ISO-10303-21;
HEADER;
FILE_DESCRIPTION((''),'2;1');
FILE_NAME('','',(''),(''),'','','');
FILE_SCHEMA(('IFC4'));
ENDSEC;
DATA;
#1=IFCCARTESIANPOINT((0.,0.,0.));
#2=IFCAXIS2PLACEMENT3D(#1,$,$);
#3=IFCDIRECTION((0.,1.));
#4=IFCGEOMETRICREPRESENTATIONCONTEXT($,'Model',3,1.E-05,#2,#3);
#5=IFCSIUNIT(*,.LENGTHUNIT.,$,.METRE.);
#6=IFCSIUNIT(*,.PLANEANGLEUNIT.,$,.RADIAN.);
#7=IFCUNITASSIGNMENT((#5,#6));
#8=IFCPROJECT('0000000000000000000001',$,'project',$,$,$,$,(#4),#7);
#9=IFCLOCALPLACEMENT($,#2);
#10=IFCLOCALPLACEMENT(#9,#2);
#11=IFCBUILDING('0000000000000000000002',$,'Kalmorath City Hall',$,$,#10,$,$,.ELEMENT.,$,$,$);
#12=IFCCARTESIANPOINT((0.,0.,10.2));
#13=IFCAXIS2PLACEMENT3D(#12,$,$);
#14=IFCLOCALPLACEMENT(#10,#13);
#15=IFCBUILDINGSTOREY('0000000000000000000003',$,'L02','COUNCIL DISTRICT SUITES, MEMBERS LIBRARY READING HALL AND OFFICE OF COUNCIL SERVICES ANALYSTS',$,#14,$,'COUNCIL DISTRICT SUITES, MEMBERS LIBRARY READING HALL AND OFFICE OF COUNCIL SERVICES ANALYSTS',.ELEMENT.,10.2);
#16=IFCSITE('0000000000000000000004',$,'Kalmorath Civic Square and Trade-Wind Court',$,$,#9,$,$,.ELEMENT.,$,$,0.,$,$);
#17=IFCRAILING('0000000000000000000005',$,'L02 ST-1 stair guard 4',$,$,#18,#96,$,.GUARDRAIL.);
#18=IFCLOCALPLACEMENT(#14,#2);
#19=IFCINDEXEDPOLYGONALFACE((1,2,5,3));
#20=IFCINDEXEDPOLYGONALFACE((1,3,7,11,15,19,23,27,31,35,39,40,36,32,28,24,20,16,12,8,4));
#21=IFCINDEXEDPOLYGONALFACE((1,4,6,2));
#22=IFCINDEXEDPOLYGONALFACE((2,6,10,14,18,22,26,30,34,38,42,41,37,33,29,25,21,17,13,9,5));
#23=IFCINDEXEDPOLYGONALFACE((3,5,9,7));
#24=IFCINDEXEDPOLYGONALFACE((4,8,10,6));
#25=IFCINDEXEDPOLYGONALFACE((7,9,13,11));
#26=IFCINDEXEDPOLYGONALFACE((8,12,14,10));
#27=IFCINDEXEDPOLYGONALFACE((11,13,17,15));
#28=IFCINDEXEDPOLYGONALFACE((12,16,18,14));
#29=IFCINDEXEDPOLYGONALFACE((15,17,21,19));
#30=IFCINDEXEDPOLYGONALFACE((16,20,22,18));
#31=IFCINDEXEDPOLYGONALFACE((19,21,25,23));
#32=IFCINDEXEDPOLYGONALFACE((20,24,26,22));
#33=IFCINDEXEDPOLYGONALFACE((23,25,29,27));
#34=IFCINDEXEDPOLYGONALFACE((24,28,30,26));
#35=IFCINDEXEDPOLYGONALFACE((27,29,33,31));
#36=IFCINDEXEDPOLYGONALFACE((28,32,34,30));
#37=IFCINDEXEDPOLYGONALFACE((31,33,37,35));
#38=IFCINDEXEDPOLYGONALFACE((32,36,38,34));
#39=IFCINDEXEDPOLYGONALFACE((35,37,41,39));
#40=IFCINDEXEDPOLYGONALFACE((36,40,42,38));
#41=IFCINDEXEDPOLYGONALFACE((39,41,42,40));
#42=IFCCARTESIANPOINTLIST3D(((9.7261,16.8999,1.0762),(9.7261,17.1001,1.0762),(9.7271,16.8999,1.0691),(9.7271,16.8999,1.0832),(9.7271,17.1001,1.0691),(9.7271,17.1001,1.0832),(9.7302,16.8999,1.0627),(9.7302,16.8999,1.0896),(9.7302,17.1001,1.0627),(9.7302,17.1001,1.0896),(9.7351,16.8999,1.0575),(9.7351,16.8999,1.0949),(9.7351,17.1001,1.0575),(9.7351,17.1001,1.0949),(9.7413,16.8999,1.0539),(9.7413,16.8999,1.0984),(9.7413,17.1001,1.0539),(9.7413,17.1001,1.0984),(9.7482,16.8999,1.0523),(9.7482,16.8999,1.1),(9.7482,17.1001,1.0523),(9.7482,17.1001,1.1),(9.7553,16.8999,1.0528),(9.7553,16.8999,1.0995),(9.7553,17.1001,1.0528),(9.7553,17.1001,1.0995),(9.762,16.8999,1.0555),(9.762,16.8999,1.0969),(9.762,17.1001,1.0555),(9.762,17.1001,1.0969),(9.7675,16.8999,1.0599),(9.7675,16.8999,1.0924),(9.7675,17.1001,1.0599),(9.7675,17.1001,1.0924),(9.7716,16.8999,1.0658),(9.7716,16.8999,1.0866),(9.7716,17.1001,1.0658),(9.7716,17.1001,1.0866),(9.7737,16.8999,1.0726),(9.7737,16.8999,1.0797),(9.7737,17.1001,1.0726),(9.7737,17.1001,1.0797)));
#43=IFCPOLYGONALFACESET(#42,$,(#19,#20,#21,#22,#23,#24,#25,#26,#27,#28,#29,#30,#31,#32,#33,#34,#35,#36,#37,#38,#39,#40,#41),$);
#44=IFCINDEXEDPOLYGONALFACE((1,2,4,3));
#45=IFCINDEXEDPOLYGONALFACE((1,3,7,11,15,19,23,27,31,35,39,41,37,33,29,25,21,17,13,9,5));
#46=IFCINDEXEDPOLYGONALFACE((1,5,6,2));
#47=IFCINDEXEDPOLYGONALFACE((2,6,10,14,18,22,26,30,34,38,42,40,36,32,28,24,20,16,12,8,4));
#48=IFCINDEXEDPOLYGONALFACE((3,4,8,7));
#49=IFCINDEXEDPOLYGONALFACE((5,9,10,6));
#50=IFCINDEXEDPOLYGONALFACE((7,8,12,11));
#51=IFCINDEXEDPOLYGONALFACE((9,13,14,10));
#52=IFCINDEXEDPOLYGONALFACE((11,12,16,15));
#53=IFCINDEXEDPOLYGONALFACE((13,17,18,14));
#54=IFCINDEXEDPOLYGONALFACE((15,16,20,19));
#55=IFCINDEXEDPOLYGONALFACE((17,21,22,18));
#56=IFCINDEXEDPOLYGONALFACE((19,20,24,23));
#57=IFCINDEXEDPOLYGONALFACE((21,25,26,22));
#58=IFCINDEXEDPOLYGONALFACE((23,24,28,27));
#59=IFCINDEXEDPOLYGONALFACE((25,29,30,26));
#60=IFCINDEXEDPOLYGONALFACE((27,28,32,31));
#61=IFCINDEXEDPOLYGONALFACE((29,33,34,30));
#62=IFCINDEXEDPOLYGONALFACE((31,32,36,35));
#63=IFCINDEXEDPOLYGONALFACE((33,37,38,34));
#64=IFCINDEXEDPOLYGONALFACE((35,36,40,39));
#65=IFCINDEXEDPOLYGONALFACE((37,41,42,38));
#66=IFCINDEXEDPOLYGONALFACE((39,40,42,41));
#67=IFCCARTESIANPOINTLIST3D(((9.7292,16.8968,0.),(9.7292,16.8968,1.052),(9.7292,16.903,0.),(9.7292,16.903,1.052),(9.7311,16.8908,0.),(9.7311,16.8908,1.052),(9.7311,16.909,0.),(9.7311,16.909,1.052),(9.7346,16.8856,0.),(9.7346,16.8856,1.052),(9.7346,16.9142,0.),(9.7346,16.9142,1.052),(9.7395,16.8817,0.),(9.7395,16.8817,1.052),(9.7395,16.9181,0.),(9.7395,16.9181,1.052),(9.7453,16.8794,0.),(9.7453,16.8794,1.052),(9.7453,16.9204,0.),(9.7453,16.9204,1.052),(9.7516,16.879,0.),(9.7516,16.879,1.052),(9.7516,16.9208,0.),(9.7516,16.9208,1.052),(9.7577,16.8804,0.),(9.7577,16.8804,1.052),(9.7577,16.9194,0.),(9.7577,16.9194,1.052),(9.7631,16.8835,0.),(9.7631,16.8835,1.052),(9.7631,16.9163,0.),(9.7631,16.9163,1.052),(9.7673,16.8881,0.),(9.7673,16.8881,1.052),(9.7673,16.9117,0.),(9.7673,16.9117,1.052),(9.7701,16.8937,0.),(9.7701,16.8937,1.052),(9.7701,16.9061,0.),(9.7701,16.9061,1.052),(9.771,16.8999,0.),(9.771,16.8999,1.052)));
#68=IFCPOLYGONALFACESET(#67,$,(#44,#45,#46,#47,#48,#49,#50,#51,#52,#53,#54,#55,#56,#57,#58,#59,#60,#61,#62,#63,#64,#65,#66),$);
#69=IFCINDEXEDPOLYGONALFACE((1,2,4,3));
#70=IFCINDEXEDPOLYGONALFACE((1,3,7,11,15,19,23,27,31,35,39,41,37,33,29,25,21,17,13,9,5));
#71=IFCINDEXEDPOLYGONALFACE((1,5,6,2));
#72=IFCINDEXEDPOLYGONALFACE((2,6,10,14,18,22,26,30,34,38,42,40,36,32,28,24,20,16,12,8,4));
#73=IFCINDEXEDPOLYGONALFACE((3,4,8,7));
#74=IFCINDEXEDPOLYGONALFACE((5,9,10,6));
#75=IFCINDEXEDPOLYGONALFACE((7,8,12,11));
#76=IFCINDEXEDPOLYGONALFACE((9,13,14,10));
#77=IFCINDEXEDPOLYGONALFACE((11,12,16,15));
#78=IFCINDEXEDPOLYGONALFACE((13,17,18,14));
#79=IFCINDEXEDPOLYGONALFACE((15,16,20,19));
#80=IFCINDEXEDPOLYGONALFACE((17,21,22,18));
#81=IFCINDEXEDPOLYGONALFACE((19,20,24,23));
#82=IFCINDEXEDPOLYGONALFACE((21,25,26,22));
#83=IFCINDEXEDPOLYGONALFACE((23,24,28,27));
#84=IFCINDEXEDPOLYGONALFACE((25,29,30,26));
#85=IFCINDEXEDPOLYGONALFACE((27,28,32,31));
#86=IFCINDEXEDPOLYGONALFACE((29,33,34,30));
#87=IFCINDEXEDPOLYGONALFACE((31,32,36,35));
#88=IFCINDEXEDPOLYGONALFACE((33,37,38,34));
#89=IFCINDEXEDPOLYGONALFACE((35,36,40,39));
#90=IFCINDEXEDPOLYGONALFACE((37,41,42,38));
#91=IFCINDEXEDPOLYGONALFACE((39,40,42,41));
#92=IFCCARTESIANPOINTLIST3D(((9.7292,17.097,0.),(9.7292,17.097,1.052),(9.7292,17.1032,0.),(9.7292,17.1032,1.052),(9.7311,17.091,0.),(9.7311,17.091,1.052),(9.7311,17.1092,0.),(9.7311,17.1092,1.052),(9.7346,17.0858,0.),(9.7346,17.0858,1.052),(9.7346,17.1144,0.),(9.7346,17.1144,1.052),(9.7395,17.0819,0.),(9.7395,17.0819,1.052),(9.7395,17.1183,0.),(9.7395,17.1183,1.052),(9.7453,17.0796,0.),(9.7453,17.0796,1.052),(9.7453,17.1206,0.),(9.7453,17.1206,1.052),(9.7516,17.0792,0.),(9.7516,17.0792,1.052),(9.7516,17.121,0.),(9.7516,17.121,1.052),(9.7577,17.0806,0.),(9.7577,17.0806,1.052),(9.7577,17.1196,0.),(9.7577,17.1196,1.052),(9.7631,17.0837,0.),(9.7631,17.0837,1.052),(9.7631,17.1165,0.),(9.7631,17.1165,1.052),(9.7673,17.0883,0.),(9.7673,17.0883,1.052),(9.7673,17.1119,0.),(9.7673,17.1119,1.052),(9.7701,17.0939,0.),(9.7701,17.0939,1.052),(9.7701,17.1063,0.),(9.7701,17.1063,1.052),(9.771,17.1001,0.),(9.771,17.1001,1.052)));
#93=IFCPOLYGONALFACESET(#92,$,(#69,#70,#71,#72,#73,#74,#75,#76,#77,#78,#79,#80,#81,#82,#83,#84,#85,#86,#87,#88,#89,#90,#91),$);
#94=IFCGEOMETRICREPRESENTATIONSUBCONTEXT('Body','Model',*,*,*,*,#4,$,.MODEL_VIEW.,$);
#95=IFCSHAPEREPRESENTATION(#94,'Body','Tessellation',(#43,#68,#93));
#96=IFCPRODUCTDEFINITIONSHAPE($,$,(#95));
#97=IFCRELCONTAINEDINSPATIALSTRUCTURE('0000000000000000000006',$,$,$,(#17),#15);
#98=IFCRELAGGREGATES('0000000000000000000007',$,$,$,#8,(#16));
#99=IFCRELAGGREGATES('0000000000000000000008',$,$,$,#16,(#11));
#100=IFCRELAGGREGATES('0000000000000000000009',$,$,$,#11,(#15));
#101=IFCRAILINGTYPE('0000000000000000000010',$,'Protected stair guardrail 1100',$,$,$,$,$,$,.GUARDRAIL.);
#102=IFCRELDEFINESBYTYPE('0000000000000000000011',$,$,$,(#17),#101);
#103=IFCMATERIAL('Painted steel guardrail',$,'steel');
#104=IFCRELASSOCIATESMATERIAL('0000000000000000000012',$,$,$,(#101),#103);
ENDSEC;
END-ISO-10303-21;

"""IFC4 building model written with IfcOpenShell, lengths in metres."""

from ifc_helpers import new_model, si_unit, direction, frame, origin, origin_2d, place, context, subcontext, project, spatial, circle, extrude, material, type_object, element, save


model = new_model("IFC4")

# Units and contexts
model_context = context("Model", 3, precision=1e-05, world=origin(), true_north=direction((0.0, 1.0)))
body_context = subcontext(model_context, "Body", "Model", "MODEL_VIEW")
ifc_project = project(units=[si_unit("LENGTHUNIT", "METRE"), si_unit("PLANEANGLEUNIT", "RADIAN")], contexts=[model_context])

# Site, building, storey
site_placement = place(None, origin())
site = spatial("IfcSite", under=ifc_project, at=site_placement, Name="Kalmorath Civic Square and Trade-Wind Court", CompositionType="ELEMENT", RefElevation=0.0)
building_placement = place(site_placement, origin())
building = spatial("IfcBuilding", under=site, at=building_placement, Name="Kalmorath City Hall", CompositionType="ELEMENT")
storey_placement = place(building_placement, frame((0.0, 0.0, 10.2)))
storey = spatial("IfcBuildingStorey", under=building, at=storey_placement, Name="L02", Description="COUNCIL DISTRICT SUITES, MEMBERS LIBRARY READING HALL AND OFFICE OF COUNCIL SERVICES ANALYSTS", LongName="COUNCIL DISTRICT SUITES, MEMBERS LIBRARY READING HALL AND OFFICE OF COUNCIL SERVICES ANALYSTS", CompositionType="ELEMENT", Elevation=10.2)

# Railing
ifc_material_1 = material(Name="Painted steel guardrail", Category="steel")
railing_type_1 = type_object("IfcRailingType", Name="Protected stair guardrail 1100", PredefinedType="GUARDRAIL", material=ifc_material_1)
railing_1_placement = place(storey_placement, frame((9.75, 16.8999, 0.0)))
element("IfcRailing", 1, at=railing_1_placement, inside=storey, type_object=railing_type_1, Name="L02 ST-1 stair guard 4", PredefinedType="GUARDRAIL", context=body_context, shape_type="SweptSolid", body=[
    extrude(circle(Radius=0.0239, at=origin_2d()), frame((0.0, 0.0, 1.0762), z_axis=(0.0, 1.0, 0.0), x_axis=(-1.0, 0.0, 0.0)), (0.0, 0.0, 1.0), 0.2002),
    extrude(circle(Radius=0.021, at=origin_2d()), origin(), (0.0, 0.0, 1.0), 1.052),
    extrude(circle(Radius=0.021, at=origin_2d()), frame((0.0, 0.2002, 0.0)), (0.0, 0.0, 1.0), 1.052),
])

save(model, "model.ifc")
